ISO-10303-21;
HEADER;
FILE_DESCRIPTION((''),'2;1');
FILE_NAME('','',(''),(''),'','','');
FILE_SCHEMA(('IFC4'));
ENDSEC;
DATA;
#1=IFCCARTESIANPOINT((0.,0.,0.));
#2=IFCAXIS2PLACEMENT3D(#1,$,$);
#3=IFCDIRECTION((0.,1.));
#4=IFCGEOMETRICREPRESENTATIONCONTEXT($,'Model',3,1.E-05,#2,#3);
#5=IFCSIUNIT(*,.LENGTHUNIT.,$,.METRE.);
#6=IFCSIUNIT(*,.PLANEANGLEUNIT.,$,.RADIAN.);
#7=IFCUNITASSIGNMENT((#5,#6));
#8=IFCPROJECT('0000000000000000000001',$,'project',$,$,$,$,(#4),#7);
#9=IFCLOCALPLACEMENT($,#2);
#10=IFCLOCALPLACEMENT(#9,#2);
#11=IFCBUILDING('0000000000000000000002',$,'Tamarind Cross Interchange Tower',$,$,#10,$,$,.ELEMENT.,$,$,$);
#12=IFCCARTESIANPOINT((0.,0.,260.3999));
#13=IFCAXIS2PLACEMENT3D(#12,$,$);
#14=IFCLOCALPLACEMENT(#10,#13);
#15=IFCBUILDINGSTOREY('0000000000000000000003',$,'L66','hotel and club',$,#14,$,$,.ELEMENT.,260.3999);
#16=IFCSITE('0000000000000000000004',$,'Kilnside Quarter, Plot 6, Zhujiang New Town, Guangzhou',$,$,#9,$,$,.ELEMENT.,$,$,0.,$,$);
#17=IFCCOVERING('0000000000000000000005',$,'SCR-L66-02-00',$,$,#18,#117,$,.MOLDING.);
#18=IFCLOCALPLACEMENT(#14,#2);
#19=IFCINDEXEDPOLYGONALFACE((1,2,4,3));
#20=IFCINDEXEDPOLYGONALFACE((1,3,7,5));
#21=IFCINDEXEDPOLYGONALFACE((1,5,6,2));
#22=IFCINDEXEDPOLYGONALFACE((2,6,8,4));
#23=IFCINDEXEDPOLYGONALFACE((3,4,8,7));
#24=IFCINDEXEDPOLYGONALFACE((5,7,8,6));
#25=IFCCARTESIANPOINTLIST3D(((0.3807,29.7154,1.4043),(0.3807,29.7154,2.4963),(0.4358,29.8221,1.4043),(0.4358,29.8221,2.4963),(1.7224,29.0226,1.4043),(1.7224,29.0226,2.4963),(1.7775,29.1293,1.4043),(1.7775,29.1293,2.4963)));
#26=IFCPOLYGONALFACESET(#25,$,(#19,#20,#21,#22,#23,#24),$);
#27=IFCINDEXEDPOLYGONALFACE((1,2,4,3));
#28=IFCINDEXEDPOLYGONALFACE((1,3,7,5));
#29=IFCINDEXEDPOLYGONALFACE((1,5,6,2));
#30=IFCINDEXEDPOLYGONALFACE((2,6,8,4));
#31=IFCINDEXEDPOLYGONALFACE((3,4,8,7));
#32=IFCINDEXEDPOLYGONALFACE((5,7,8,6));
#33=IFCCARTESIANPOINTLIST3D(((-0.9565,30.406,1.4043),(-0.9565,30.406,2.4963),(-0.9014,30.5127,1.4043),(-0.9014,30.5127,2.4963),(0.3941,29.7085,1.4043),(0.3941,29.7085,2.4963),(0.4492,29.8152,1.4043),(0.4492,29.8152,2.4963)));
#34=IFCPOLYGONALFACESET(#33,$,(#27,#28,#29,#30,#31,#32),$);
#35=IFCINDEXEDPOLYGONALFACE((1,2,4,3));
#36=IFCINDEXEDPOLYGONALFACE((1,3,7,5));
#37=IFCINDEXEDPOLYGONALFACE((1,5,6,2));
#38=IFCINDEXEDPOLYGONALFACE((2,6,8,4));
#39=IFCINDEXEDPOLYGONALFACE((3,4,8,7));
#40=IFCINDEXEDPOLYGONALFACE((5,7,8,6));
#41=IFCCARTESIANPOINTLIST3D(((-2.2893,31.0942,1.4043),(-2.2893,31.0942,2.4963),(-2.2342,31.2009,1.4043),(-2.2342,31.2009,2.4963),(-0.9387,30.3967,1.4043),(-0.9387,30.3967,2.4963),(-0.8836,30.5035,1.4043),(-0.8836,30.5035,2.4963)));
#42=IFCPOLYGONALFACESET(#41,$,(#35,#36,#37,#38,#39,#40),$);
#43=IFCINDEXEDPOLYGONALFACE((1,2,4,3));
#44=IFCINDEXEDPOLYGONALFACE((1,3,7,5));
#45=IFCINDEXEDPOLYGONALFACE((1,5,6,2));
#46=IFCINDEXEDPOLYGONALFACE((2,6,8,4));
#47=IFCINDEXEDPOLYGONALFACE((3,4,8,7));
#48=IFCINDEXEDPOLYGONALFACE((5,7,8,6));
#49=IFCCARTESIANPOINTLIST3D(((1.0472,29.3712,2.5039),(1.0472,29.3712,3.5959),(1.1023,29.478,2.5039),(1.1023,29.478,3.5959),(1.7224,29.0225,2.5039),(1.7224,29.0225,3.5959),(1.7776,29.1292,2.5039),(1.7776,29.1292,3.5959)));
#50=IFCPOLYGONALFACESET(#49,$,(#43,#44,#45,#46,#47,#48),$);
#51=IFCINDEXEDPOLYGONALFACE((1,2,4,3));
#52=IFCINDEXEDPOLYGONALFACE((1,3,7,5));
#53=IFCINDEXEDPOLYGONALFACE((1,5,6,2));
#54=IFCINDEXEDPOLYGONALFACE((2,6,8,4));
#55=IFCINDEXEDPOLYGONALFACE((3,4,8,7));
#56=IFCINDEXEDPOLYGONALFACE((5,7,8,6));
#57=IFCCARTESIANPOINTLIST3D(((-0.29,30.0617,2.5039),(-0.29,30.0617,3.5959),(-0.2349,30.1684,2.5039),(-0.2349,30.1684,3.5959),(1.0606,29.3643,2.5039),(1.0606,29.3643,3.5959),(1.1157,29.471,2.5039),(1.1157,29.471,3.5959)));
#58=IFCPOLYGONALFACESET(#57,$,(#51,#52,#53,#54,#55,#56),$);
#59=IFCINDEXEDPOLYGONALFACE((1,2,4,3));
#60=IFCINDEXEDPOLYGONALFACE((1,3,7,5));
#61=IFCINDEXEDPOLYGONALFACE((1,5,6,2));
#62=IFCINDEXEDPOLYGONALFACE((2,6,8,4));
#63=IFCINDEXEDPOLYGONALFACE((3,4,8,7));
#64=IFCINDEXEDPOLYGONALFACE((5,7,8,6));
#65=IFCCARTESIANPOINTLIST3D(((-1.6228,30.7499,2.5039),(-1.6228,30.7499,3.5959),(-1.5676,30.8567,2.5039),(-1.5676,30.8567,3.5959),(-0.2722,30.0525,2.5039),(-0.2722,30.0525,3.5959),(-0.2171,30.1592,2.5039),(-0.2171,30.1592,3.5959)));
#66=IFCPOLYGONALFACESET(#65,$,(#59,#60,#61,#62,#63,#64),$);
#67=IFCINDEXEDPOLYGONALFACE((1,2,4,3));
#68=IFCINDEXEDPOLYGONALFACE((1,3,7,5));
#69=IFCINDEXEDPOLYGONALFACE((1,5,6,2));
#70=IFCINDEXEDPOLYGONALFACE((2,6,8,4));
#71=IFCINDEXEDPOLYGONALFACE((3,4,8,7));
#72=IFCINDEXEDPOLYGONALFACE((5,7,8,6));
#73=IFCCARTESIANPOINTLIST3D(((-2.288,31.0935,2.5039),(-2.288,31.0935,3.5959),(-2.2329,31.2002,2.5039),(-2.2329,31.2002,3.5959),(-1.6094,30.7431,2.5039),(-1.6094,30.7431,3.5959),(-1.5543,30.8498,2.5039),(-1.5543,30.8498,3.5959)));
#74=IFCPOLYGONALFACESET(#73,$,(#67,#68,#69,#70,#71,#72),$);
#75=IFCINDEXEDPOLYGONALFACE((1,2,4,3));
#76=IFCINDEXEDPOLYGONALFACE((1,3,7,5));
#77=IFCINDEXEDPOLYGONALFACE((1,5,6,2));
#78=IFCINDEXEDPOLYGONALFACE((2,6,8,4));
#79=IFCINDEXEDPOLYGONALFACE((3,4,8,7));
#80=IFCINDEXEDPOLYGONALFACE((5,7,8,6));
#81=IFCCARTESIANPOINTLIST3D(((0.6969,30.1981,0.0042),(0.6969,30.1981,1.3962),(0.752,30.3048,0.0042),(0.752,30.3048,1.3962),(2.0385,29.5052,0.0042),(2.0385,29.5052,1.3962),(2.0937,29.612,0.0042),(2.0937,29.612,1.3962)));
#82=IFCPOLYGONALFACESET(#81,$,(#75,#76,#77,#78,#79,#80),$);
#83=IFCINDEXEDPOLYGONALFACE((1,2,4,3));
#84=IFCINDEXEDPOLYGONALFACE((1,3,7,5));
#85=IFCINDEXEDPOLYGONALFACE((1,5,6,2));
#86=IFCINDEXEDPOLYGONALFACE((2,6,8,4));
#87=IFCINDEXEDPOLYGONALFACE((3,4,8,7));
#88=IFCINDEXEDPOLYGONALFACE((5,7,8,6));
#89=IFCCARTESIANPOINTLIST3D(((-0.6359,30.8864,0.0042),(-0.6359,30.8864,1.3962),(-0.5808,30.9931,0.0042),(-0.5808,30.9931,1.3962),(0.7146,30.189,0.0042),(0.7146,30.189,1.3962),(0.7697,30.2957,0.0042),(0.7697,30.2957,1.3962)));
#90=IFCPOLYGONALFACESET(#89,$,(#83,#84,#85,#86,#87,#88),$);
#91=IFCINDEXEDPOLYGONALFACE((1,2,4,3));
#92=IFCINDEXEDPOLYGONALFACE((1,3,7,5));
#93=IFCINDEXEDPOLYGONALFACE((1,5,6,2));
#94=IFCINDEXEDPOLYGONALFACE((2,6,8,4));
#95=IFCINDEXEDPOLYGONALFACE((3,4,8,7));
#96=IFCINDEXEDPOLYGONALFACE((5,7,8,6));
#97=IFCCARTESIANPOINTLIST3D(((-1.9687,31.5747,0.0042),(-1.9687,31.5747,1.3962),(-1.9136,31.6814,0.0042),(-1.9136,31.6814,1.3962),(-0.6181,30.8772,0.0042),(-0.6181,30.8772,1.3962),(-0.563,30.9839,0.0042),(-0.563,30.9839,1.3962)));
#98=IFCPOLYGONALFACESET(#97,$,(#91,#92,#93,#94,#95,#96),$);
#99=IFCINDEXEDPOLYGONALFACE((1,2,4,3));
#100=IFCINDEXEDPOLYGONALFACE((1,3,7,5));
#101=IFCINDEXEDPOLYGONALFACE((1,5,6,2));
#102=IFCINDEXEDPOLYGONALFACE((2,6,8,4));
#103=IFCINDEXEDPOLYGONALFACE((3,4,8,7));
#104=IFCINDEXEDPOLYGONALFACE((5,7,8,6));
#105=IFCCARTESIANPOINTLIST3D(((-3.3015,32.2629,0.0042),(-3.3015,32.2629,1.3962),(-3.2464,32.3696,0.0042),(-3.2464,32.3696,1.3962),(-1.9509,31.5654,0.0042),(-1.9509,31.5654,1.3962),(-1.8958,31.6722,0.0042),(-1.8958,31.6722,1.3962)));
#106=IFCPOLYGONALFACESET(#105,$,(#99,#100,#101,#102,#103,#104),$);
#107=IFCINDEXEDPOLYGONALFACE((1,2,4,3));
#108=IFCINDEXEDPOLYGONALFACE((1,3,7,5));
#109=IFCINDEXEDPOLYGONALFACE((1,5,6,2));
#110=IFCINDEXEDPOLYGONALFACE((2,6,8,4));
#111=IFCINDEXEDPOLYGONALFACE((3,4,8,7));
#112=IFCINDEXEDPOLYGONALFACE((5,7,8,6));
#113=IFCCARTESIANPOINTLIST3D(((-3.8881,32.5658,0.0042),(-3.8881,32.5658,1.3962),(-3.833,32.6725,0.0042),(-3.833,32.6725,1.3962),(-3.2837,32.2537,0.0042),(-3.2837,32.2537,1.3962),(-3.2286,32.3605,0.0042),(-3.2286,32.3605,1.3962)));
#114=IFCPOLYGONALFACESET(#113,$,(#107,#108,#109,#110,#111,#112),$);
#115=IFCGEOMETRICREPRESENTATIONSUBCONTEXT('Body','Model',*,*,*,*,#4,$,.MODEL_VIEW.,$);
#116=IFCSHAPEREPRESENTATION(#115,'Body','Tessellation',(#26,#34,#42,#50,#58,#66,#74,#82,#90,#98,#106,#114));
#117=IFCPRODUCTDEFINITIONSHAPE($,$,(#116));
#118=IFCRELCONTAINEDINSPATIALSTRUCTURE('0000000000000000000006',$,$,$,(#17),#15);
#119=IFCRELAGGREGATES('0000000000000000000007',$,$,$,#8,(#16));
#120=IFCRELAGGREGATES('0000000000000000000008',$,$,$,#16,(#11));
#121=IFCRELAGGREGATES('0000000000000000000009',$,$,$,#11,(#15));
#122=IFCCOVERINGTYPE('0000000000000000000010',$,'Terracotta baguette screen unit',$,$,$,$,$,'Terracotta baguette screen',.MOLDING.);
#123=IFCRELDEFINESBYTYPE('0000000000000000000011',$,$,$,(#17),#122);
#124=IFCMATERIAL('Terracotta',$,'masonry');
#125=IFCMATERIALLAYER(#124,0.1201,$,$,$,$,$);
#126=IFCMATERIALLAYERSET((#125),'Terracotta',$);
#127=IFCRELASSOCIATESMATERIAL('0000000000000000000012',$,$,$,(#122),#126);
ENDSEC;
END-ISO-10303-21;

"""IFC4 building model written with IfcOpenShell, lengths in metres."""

from ifc_helpers import new_model, si_unit, direction, frame, origin, origin_2d, place, context, subcontext, project, spatial, rectangle, extrude, material, layer, layer_set, type_object, element, save


model = new_model("IFC4")

# Units and contexts
model_context = context("Model", 3, precision=1e-05, world=origin(), true_north=direction((0.0, 1.0)))
body_context = subcontext(model_context, "Body", "Model", "MODEL_VIEW")
ifc_project = project(units=[si_unit("LENGTHUNIT", "METRE"), si_unit("PLANEANGLEUNIT", "RADIAN")], contexts=[model_context])

# Site, building, storey
site_placement = place(None, origin())
site = spatial("IfcSite", under=ifc_project, at=site_placement, Name="Kilnside Quarter, Plot 6, Zhujiang New Town, Guangzhou", CompositionType="ELEMENT", RefElevation=0.0)
building_placement = place(site_placement, origin())
building = spatial("IfcBuilding", under=site, at=building_placement, Name="Tamarind Cross Interchange Tower", CompositionType="ELEMENT")
storey_placement = place(building_placement, frame((0.0, 0.0, 260.3999)))
storey = spatial("IfcBuildingStorey", under=building, at=storey_placement, Name="L66", Description="hotel and club", CompositionType="ELEMENT", Elevation=260.3999)

# Covering
ifc_material_1 = material(Name="Terracotta", Category="masonry")
ifc_layer_1 = layer(ifc_material_1, 0.1201)
ifc_layer_set_1 = layer_set([ifc_layer_1], Name="Terracotta")
covering_type = type_object("IfcCoveringType", Name="Terracotta baguette screen unit", ElementType="Terracotta baguette screen", PredefinedType="MOLDING", material=ifc_layer_set_1)
covering_1_placement = place(storey_placement, origin())
element("IfcCovering", 1, at=covering_1_placement, inside=storey, type_object=covering_type, Name="SCR-L66-02-00", PredefinedType="MOLDING", context=body_context, shape_type="SweptSolid", body=[
    extrude(rectangle(XDim=1.51, YDim=0.1201, at=origin_2d()), frame((1.0791, 29.4224, 1.4043), z_axis=(0.0, 0.0, 1.0), x_axis=(-0.888521, 0.458836, 0.0)), (0.0, 0.0, 1.0), 1.092),
    extrude(rectangle(XDim=1.52, YDim=0.1201, at=origin_2d()), frame((-0.2537, 30.1106, 1.4043), z_axis=(0.0, 0.0, 1.0), x_axis=(-0.888521, 0.458836, 0.0)), (0.0, 0.0, 1.0), 1.092),
    extrude(rectangle(XDim=1.52, YDim=0.1201, at=origin_2d()), frame((-1.5864, 30.7988, 1.4043), z_axis=(0.0, 0.0, 1.0), x_axis=(-0.888521, 0.458836, 0.0)), (0.0, 0.0, 1.0), 1.092),
    extrude(rectangle(XDim=0.76, YDim=0.1201, at=origin_2d()), frame((1.4124, 29.2502, 2.5039), z_axis=(0.0, 0.0, 1.0), x_axis=(-0.888521, 0.458836, 0.0)), (0.0, 0.0, 1.0), 1.092),
    extrude(rectangle(XDim=1.52, YDim=0.1201, at=origin_2d()), frame((0.4128, 29.7664, 2.5039), z_axis=(0.0, 0.0, 1.0), x_axis=(-0.888521, 0.458836, 0.0)), (0.0, 0.0, 1.0), 1.092),
    extrude(rectangle(XDim=1.52, YDim=0.1201, at=origin_2d()), frame((-0.9199, 30.4546, 2.5039), z_axis=(0.0, 0.0, 1.0), x_axis=(-0.888521, 0.458836, 0.0)), (0.0, 0.0, 1.0), 1.092),
    extrude(rectangle(XDim=0.7637, YDim=0.1201, at=origin_2d()), frame((-1.9211, 30.9717, 2.5039), z_axis=(0.0, 0.0, 1.0), x_axis=(-0.888521, 0.458836, 0.0)), (0.0, 0.0, 1.0), 1.092),
    extrude(rectangle(XDim=1.51, YDim=0.1201, at=origin_2d()), frame((1.3953, 29.905, 0.0042), z_axis=(0.0, 0.0, 1.0), x_axis=(-0.888521, 0.458836, 0.0)), (0.0, 0.0, 1.0), 1.3921),
    extrude(rectangle(XDim=1.52, YDim=0.1201, at=origin_2d()), frame((0.0669, 30.5911, 0.0042), z_axis=(0.0, 0.0, 1.0), x_axis=(-0.888521, 0.458836, 0.0)), (0.0, 0.0, 1.0), 1.3921),
    extrude(rectangle(XDim=1.52, YDim=0.1201, at=origin_2d()), frame((-1.2659, 31.2793, 0.0042), z_axis=(0.0, 0.0, 1.0), x_axis=(-0.888521, 0.458836, 0.0)), (0.0, 0.0, 1.0), 1.3921),
    extrude(rectangle(XDim=1.52, YDim=0.1201, at=origin_2d()), frame((-2.5986, 31.9675, 0.0042), z_axis=(0.0, 0.0, 1.0), x_axis=(-0.888521, 0.458836, 0.0)), (0.0, 0.0, 1.0), 1.3921),
    extrude(rectangle(XDim=0.6802, YDim=0.1201, at=origin_2d()), frame((-3.5583, 32.4631, 0.0042), z_axis=(0.0, 0.0, 1.0), x_axis=(-0.888521, 0.458836, 0.0)), (0.0, 0.0, 1.0), 1.3921),
])

save(model, "model.ifc")
